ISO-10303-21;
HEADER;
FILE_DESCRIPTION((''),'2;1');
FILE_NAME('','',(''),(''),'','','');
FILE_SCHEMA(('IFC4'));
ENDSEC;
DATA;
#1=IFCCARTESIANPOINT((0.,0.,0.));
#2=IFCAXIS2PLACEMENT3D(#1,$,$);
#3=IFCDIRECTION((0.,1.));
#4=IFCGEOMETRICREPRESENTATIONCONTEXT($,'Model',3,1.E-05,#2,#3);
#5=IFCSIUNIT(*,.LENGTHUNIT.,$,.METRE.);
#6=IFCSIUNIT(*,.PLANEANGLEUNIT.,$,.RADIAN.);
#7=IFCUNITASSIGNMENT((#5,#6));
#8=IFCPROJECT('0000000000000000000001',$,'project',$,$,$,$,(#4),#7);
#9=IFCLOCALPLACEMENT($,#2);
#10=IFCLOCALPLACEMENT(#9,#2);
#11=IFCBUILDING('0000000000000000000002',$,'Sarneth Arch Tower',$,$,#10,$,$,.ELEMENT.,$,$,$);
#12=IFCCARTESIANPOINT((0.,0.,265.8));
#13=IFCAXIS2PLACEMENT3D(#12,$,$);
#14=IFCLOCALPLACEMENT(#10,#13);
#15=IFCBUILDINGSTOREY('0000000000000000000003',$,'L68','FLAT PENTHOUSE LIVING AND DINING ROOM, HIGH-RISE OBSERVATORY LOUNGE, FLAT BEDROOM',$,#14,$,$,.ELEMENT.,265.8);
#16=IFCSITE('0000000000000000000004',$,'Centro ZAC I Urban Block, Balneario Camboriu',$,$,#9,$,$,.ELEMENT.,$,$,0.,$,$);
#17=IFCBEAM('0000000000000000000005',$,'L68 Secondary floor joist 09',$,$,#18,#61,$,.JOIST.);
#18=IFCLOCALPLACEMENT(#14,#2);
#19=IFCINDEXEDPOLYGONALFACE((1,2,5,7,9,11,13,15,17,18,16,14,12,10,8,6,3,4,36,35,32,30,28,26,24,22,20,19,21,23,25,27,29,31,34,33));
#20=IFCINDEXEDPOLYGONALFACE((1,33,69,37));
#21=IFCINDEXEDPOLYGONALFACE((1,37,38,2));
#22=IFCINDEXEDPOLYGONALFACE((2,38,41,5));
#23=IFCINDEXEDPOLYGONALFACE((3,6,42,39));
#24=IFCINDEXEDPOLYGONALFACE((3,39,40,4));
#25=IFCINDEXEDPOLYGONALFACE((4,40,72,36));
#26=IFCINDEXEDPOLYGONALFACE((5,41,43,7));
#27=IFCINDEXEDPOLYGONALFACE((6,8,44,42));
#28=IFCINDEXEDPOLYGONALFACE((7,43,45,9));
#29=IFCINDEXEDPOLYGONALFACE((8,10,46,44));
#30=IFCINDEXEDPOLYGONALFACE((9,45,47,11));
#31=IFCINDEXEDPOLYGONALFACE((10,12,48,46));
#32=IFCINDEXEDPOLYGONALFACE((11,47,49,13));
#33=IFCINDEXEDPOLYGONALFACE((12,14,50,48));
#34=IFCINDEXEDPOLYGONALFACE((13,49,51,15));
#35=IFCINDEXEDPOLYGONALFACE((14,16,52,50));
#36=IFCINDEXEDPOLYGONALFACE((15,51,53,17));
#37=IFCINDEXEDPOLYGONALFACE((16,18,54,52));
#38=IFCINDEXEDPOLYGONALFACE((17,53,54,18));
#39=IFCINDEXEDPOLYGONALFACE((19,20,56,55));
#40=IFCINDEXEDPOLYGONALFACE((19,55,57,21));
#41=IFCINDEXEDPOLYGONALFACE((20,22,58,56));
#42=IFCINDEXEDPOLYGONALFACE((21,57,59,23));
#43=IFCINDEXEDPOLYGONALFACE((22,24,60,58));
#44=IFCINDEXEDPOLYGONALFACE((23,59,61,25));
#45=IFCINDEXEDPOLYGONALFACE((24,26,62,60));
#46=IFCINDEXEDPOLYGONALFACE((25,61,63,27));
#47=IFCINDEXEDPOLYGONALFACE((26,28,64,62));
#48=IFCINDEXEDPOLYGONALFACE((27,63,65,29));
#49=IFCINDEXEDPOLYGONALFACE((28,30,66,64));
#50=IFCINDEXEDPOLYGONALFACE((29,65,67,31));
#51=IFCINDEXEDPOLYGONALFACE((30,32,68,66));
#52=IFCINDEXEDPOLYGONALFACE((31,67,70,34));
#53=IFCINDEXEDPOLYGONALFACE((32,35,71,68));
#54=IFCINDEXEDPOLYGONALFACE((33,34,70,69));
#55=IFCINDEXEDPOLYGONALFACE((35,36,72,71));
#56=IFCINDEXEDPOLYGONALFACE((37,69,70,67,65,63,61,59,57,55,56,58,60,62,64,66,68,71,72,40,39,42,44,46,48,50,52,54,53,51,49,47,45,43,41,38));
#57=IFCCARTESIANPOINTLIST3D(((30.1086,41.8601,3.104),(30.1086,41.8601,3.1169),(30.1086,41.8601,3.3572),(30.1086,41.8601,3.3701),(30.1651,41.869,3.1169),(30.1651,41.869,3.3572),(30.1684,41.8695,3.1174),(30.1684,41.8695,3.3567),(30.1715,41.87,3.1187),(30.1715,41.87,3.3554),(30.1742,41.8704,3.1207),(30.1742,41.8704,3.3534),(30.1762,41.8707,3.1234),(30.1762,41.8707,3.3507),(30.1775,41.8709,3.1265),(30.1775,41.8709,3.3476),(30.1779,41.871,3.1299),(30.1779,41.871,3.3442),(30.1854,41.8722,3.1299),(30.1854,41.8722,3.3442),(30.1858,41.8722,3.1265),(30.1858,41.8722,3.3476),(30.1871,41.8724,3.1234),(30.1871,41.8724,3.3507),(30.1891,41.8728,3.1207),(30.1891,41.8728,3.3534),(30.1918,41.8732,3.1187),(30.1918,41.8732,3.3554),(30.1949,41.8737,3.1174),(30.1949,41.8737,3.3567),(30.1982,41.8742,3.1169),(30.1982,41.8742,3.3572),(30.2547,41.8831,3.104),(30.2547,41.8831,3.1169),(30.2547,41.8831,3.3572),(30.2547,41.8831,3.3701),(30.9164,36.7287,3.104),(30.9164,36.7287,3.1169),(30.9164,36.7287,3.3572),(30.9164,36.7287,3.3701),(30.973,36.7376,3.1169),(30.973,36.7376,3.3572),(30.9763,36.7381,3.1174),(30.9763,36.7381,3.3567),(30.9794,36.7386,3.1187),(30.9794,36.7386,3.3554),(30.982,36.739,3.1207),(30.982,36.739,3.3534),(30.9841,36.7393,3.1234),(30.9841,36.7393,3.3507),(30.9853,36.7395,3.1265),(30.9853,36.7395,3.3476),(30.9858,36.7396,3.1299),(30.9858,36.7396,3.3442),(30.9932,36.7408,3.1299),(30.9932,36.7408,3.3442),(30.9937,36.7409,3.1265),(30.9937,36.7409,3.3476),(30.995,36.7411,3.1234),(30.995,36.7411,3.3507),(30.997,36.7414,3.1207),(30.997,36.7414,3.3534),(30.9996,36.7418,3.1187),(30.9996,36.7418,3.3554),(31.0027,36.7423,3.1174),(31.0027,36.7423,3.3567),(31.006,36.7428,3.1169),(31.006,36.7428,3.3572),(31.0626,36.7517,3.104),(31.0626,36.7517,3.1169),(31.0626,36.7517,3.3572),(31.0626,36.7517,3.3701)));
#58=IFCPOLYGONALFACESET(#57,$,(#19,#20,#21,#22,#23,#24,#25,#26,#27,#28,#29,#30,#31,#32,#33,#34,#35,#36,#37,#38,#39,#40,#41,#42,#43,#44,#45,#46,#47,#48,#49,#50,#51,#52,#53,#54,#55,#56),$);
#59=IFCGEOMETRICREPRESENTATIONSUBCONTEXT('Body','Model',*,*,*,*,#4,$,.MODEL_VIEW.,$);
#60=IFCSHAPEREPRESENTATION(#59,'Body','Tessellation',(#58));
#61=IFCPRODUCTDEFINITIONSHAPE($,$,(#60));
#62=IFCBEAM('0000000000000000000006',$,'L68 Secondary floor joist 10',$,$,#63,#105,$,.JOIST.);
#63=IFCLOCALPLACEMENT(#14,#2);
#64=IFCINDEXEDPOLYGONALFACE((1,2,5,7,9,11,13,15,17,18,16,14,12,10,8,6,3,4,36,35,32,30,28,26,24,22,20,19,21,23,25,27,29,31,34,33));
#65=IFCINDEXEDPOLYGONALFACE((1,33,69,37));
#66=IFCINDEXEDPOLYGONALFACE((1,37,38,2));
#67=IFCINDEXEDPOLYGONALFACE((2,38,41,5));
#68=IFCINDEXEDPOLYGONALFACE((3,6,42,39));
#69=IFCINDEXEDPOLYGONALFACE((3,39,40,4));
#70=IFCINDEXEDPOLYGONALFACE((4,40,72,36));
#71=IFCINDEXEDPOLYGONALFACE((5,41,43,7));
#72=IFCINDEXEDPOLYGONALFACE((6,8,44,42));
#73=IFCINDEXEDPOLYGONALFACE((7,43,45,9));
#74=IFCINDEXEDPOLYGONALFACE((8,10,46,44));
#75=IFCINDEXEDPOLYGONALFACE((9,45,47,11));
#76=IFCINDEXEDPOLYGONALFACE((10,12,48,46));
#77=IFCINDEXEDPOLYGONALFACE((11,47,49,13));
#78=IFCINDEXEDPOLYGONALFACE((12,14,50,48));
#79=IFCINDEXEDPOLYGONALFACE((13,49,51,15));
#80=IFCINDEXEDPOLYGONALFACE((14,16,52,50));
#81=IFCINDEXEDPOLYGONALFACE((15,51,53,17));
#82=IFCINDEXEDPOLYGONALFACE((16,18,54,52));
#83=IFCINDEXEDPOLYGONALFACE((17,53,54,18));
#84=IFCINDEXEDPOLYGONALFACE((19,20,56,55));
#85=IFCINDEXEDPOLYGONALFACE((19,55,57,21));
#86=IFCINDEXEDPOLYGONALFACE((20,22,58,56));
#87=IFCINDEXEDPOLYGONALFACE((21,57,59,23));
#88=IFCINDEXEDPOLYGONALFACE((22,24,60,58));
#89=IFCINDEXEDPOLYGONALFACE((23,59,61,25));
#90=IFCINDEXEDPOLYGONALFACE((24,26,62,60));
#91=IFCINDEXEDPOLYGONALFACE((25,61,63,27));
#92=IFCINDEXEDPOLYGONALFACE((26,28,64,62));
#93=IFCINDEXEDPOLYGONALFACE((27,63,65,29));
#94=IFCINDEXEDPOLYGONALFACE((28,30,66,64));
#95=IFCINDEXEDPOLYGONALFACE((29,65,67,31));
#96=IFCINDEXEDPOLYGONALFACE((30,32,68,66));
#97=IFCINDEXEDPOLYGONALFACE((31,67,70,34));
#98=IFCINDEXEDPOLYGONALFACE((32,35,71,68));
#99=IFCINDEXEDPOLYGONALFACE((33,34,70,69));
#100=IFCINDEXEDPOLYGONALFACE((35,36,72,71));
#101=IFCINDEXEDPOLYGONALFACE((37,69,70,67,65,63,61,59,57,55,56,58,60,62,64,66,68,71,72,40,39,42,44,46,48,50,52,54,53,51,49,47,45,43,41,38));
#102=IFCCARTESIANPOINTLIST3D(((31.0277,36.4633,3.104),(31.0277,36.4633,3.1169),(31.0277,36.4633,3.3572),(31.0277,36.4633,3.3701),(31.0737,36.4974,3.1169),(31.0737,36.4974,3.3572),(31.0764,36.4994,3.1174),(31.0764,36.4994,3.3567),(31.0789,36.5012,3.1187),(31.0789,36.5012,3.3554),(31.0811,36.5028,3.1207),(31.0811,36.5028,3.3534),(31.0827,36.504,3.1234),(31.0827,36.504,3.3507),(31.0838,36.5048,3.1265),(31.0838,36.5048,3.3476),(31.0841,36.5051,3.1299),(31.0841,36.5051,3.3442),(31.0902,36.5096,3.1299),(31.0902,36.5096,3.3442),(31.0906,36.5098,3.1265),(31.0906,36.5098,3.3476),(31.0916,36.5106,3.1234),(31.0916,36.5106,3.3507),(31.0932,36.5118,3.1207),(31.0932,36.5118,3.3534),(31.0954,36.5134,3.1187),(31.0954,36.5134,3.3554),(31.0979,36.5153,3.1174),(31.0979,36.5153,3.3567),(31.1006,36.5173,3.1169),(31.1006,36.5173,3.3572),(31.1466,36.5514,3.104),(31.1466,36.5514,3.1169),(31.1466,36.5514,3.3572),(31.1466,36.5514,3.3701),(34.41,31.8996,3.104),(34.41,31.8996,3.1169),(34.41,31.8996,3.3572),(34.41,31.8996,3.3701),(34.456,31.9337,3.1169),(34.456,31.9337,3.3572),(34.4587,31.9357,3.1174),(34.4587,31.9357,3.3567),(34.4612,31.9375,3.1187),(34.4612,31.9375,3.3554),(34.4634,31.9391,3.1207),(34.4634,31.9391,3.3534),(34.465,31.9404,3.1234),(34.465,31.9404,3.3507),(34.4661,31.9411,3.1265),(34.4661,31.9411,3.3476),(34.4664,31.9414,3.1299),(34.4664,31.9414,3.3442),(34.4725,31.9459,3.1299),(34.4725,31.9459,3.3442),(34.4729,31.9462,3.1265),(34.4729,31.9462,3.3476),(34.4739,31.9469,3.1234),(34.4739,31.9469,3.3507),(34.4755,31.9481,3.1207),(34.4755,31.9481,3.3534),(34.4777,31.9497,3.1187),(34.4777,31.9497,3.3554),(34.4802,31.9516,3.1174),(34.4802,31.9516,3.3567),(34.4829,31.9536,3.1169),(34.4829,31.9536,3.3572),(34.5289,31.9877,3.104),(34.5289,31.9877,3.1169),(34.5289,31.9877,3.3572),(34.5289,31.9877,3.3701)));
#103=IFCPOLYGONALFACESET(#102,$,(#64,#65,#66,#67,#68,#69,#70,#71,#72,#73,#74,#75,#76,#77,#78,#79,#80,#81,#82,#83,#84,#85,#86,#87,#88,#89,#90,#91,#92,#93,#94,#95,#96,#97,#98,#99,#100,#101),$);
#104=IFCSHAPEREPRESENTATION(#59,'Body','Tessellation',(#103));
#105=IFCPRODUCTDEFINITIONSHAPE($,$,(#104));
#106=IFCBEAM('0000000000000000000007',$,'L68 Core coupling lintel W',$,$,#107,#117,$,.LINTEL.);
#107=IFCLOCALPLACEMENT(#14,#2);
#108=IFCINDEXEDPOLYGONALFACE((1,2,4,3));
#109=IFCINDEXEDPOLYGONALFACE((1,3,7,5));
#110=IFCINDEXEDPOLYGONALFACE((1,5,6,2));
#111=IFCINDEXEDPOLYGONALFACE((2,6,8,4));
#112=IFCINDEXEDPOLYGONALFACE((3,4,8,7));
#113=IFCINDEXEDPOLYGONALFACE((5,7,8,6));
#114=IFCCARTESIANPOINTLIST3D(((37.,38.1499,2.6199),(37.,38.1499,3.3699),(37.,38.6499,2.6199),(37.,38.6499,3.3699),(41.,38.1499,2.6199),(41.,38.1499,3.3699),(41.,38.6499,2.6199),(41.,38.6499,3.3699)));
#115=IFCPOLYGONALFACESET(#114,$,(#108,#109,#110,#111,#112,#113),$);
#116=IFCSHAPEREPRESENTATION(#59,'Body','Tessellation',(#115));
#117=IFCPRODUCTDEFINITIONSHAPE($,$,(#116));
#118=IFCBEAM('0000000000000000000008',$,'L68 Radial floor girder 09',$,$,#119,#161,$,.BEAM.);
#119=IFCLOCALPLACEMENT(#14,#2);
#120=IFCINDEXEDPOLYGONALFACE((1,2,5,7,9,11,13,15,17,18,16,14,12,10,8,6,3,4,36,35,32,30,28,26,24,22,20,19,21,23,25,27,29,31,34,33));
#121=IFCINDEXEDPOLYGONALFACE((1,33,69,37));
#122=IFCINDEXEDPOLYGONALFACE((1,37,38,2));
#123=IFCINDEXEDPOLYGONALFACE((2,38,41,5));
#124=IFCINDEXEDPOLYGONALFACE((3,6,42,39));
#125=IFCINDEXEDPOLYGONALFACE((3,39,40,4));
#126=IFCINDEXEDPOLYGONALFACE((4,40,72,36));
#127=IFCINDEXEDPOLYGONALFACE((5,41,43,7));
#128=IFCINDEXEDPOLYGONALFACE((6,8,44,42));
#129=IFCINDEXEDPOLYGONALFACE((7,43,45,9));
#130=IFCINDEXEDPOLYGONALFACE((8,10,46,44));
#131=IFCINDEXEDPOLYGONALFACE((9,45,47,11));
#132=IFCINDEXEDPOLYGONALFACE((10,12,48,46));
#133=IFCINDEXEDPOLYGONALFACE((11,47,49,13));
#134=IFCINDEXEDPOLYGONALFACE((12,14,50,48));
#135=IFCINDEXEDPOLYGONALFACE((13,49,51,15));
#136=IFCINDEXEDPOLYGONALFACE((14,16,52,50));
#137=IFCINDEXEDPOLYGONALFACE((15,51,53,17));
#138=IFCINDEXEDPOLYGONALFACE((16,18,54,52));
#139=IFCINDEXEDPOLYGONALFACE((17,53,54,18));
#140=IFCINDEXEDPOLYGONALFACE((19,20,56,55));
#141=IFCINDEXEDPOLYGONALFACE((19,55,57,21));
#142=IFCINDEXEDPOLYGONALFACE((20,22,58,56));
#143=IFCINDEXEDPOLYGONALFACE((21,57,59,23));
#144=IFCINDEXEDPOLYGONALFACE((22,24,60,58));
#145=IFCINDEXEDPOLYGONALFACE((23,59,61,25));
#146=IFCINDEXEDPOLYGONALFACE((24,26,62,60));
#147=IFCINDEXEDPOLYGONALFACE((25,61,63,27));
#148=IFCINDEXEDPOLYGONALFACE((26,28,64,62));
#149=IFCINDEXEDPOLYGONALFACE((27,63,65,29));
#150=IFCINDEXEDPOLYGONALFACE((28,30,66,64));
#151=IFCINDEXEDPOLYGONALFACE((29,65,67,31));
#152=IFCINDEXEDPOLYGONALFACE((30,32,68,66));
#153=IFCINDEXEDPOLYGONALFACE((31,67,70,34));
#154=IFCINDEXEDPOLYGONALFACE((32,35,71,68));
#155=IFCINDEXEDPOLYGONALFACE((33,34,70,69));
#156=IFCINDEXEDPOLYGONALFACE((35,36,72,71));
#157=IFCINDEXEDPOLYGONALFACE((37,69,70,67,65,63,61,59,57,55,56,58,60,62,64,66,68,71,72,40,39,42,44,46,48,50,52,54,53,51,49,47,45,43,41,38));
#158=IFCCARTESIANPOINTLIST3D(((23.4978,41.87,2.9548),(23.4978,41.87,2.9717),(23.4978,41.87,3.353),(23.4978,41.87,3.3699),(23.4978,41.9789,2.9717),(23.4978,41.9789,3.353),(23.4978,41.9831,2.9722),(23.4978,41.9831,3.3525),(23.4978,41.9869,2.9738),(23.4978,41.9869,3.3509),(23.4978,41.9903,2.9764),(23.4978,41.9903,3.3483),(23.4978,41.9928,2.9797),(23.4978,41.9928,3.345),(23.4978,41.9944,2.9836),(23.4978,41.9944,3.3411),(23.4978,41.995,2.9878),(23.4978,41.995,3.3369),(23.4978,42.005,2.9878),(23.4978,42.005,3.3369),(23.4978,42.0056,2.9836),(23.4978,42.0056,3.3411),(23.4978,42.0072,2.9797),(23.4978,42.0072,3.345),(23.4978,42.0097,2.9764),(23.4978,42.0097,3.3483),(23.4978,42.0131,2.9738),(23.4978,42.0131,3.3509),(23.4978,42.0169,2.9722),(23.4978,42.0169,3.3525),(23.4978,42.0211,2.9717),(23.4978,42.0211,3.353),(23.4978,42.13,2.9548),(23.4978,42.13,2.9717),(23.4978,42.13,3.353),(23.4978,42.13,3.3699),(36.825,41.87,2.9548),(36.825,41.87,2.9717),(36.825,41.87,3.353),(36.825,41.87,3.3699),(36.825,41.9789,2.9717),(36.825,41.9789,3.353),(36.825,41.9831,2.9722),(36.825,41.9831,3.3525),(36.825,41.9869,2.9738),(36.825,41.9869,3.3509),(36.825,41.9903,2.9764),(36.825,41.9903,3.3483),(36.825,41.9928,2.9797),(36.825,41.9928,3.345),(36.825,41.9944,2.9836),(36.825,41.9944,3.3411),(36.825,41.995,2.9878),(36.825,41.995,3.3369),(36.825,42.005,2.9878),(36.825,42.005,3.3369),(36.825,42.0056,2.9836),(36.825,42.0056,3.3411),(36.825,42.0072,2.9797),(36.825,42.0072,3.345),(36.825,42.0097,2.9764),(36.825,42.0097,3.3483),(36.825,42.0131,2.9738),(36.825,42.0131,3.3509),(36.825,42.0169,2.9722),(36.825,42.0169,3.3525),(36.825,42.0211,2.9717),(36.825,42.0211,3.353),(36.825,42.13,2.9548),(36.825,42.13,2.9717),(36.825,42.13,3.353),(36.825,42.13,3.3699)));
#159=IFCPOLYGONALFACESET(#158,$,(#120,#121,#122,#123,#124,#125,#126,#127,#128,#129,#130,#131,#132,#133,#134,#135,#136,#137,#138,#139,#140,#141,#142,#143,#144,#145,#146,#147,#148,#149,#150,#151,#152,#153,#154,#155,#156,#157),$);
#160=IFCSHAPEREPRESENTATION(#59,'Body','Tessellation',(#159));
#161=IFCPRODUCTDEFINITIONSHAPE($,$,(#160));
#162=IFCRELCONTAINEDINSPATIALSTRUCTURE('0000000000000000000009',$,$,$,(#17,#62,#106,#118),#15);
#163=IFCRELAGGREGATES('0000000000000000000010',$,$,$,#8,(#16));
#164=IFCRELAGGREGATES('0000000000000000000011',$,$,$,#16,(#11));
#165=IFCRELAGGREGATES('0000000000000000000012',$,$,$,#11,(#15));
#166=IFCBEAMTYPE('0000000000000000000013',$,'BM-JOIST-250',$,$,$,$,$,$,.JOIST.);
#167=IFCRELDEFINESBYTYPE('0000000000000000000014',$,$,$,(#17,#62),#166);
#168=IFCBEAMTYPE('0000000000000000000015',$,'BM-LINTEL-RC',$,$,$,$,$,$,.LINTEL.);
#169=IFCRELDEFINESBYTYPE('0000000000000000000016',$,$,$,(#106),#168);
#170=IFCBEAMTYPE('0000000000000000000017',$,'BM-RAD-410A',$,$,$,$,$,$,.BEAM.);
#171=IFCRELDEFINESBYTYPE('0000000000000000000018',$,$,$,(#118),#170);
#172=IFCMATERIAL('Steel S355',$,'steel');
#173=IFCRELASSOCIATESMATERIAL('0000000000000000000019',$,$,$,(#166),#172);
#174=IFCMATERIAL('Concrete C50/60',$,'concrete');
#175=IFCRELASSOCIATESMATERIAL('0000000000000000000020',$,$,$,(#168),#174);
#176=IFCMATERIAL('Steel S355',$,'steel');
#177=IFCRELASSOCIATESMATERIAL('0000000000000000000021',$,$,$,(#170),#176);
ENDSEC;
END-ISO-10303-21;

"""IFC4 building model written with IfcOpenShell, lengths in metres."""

from ifc_helpers import new_model, si_unit, direction, frame, origin, origin_2d, place, context, subcontext, project, spatial, rectangle, i_section, extrude, material, material_profile, profile_set, type_object, element, save


model = new_model("IFC4")

# Units and contexts
model_context = context("Model", 3, precision=1e-05, world=origin(), true_north=direction((0.0, 1.0)))
body_context = subcontext(model_context, "Body", "Model", "MODEL_VIEW")
ifc_project = project(units=[si_unit("LENGTHUNIT", "METRE"), si_unit("PLANEANGLEUNIT", "RADIAN")], contexts=[model_context])

# Site, building, storey
site_placement = place(None, origin())
site = spatial("IfcSite", under=ifc_project, at=site_placement, Name="Centro ZAC I Urban Block, Balneario Camboriu", CompositionType="ELEMENT", RefElevation=0.0)
building_placement = place(site_placement, origin())
building = spatial("IfcBuilding", under=site, at=building_placement, Name="Sarneth Arch Tower", CompositionType="ELEMENT")
storey_placement = place(building_placement, frame((0.0, 0.0, 265.8)))
storey = spatial("IfcBuildingStorey", under=building, at=storey_placement, Name="L68", Description="FLAT PENTHOUSE LIVING AND DINING ROOM, HIGH-RISE OBSERVATORY LOUNGE, FLAT BEDROOM", CompositionType="ELEMENT", Elevation=265.8)

# Beams
ifc_material_1 = material(Name="Steel S355", Category="steel")
ifc_material_profile_1 = material_profile(ifc_material_1, i_section(OverallWidth=0.1479, OverallDepth=0.2661, WebThickness=0.0076, FlangeThickness=0.0129, FilletRadius=0.0129, at=origin_2d()), Name="W250x44.8")
ifc_profile_set_1 = profile_set([ifc_material_profile_1], Name="Steel S355")
beam_type_1 = type_object("IfcBeamType", Name="BM-JOIST-250", PredefinedType="JOIST", material=ifc_profile_set_1)
beam_1_placement = place(storey_placement, frame((30.1816, 41.8716, 3.2371), z_axis=(0.155521, -0.987833, 0.0), x_axis=(0.987833, 0.155521, 0.0)))
element("IfcBeam", 1, at=beam_1_placement, inside=storey, type_object=beam_type_1, Name="L68 Secondary floor joist 09", PredefinedType="JOIST", context=body_context, shape_type="SweptSolid", body=[
    extrude(i_section(OverallWidth=0.1479, OverallDepth=0.2661, WebThickness=0.0076, FlangeThickness=0.0129, FilletRadius=0.0129, at=origin_2d()), origin(), (0.0, 0.0, 1.0), 5.1946),
])
beam_2_placement = place(storey_placement, frame((31.0872, 36.5073, 3.2371), z_axis=(0.595431, -0.803406, 0.0), x_axis=(0.803406, 0.595431, 0.0)))
element("IfcBeam", 2, at=beam_2_placement, inside=storey, type_object=beam_type_1, Name="L68 Secondary floor joist 10", PredefinedType="JOIST", context=body_context, shape_type="SweptSolid", body=[
    extrude(i_section(OverallWidth=0.1479, OverallDepth=0.2661, WebThickness=0.0076, FlangeThickness=0.0129, FilletRadius=0.0129, at=origin_2d()), origin(), (0.0, 0.0, 1.0), 5.6804),
])
ifc_material_2 = material(Name="Concrete C50/60", Category="concrete")
ifc_material_profile_2 = material_profile(ifc_material_2, rectangle(XDim=0.5, YDim=0.75, at=origin_2d()), Name="RC-500x750")
ifc_profile_set_2 = profile_set([ifc_material_profile_2], Name="Concrete C50/60")
beam_type_2 = type_object("IfcBeamType", Name="BM-LINTEL-RC", PredefinedType="LINTEL", material=ifc_profile_set_2)
beam_3_placement = place(storey_placement, frame((37.0, 38.3999, 2.9949), z_axis=(1.0, 0.0, 0.0), x_axis=(0.0, 1.0, 0.0)))
element("IfcBeam", 3, at=beam_3_placement, inside=storey, type_object=beam_type_2, Name="L68 Core coupling lintel W", PredefinedType="LINTEL", context=body_context, shape_type="SweptSolid", body=[
    extrude(rectangle(XDim=0.5, YDim=0.75, at=origin_2d()), origin(), (0.0, 0.0, 1.0), 4.0),
])
ifc_material_3 = material(Name="Steel S355", Category="steel")
ifc_material_profile_3 = material_profile(ifc_material_3, i_section(OverallWidth=0.26, OverallDepth=0.415, WebThickness=0.01, FlangeThickness=0.0168, FilletRadius=0.0161, at=origin_2d()), Name="W410x100")
ifc_profile_set_3 = profile_set([ifc_material_profile_3], Name="Steel S355")
beam_type_3 = type_object("IfcBeamType", Name="BM-RAD-410A", PredefinedType="BEAM", material=ifc_profile_set_3)
beam_4_placement = place(storey_placement, frame((36.825, 42.0, 3.1624), z_axis=(-1.0, 0.0, 0.0), x_axis=(0.0, -1.0, 0.0)))
element("IfcBeam", 4, at=beam_4_placement, inside=storey, type_object=beam_type_3, Name="L68 Radial floor girder 09", PredefinedType="BEAM", context=body_context, shape_type="SweptSolid", body=[
    extrude(i_section(OverallWidth=0.26, OverallDepth=0.415, WebThickness=0.01, FlangeThickness=0.0168, FilletRadius=0.0161, at=origin_2d()), origin(), (0.0, 0.0, 1.0), 13.3271),
])

save(model, "model.ifc")
